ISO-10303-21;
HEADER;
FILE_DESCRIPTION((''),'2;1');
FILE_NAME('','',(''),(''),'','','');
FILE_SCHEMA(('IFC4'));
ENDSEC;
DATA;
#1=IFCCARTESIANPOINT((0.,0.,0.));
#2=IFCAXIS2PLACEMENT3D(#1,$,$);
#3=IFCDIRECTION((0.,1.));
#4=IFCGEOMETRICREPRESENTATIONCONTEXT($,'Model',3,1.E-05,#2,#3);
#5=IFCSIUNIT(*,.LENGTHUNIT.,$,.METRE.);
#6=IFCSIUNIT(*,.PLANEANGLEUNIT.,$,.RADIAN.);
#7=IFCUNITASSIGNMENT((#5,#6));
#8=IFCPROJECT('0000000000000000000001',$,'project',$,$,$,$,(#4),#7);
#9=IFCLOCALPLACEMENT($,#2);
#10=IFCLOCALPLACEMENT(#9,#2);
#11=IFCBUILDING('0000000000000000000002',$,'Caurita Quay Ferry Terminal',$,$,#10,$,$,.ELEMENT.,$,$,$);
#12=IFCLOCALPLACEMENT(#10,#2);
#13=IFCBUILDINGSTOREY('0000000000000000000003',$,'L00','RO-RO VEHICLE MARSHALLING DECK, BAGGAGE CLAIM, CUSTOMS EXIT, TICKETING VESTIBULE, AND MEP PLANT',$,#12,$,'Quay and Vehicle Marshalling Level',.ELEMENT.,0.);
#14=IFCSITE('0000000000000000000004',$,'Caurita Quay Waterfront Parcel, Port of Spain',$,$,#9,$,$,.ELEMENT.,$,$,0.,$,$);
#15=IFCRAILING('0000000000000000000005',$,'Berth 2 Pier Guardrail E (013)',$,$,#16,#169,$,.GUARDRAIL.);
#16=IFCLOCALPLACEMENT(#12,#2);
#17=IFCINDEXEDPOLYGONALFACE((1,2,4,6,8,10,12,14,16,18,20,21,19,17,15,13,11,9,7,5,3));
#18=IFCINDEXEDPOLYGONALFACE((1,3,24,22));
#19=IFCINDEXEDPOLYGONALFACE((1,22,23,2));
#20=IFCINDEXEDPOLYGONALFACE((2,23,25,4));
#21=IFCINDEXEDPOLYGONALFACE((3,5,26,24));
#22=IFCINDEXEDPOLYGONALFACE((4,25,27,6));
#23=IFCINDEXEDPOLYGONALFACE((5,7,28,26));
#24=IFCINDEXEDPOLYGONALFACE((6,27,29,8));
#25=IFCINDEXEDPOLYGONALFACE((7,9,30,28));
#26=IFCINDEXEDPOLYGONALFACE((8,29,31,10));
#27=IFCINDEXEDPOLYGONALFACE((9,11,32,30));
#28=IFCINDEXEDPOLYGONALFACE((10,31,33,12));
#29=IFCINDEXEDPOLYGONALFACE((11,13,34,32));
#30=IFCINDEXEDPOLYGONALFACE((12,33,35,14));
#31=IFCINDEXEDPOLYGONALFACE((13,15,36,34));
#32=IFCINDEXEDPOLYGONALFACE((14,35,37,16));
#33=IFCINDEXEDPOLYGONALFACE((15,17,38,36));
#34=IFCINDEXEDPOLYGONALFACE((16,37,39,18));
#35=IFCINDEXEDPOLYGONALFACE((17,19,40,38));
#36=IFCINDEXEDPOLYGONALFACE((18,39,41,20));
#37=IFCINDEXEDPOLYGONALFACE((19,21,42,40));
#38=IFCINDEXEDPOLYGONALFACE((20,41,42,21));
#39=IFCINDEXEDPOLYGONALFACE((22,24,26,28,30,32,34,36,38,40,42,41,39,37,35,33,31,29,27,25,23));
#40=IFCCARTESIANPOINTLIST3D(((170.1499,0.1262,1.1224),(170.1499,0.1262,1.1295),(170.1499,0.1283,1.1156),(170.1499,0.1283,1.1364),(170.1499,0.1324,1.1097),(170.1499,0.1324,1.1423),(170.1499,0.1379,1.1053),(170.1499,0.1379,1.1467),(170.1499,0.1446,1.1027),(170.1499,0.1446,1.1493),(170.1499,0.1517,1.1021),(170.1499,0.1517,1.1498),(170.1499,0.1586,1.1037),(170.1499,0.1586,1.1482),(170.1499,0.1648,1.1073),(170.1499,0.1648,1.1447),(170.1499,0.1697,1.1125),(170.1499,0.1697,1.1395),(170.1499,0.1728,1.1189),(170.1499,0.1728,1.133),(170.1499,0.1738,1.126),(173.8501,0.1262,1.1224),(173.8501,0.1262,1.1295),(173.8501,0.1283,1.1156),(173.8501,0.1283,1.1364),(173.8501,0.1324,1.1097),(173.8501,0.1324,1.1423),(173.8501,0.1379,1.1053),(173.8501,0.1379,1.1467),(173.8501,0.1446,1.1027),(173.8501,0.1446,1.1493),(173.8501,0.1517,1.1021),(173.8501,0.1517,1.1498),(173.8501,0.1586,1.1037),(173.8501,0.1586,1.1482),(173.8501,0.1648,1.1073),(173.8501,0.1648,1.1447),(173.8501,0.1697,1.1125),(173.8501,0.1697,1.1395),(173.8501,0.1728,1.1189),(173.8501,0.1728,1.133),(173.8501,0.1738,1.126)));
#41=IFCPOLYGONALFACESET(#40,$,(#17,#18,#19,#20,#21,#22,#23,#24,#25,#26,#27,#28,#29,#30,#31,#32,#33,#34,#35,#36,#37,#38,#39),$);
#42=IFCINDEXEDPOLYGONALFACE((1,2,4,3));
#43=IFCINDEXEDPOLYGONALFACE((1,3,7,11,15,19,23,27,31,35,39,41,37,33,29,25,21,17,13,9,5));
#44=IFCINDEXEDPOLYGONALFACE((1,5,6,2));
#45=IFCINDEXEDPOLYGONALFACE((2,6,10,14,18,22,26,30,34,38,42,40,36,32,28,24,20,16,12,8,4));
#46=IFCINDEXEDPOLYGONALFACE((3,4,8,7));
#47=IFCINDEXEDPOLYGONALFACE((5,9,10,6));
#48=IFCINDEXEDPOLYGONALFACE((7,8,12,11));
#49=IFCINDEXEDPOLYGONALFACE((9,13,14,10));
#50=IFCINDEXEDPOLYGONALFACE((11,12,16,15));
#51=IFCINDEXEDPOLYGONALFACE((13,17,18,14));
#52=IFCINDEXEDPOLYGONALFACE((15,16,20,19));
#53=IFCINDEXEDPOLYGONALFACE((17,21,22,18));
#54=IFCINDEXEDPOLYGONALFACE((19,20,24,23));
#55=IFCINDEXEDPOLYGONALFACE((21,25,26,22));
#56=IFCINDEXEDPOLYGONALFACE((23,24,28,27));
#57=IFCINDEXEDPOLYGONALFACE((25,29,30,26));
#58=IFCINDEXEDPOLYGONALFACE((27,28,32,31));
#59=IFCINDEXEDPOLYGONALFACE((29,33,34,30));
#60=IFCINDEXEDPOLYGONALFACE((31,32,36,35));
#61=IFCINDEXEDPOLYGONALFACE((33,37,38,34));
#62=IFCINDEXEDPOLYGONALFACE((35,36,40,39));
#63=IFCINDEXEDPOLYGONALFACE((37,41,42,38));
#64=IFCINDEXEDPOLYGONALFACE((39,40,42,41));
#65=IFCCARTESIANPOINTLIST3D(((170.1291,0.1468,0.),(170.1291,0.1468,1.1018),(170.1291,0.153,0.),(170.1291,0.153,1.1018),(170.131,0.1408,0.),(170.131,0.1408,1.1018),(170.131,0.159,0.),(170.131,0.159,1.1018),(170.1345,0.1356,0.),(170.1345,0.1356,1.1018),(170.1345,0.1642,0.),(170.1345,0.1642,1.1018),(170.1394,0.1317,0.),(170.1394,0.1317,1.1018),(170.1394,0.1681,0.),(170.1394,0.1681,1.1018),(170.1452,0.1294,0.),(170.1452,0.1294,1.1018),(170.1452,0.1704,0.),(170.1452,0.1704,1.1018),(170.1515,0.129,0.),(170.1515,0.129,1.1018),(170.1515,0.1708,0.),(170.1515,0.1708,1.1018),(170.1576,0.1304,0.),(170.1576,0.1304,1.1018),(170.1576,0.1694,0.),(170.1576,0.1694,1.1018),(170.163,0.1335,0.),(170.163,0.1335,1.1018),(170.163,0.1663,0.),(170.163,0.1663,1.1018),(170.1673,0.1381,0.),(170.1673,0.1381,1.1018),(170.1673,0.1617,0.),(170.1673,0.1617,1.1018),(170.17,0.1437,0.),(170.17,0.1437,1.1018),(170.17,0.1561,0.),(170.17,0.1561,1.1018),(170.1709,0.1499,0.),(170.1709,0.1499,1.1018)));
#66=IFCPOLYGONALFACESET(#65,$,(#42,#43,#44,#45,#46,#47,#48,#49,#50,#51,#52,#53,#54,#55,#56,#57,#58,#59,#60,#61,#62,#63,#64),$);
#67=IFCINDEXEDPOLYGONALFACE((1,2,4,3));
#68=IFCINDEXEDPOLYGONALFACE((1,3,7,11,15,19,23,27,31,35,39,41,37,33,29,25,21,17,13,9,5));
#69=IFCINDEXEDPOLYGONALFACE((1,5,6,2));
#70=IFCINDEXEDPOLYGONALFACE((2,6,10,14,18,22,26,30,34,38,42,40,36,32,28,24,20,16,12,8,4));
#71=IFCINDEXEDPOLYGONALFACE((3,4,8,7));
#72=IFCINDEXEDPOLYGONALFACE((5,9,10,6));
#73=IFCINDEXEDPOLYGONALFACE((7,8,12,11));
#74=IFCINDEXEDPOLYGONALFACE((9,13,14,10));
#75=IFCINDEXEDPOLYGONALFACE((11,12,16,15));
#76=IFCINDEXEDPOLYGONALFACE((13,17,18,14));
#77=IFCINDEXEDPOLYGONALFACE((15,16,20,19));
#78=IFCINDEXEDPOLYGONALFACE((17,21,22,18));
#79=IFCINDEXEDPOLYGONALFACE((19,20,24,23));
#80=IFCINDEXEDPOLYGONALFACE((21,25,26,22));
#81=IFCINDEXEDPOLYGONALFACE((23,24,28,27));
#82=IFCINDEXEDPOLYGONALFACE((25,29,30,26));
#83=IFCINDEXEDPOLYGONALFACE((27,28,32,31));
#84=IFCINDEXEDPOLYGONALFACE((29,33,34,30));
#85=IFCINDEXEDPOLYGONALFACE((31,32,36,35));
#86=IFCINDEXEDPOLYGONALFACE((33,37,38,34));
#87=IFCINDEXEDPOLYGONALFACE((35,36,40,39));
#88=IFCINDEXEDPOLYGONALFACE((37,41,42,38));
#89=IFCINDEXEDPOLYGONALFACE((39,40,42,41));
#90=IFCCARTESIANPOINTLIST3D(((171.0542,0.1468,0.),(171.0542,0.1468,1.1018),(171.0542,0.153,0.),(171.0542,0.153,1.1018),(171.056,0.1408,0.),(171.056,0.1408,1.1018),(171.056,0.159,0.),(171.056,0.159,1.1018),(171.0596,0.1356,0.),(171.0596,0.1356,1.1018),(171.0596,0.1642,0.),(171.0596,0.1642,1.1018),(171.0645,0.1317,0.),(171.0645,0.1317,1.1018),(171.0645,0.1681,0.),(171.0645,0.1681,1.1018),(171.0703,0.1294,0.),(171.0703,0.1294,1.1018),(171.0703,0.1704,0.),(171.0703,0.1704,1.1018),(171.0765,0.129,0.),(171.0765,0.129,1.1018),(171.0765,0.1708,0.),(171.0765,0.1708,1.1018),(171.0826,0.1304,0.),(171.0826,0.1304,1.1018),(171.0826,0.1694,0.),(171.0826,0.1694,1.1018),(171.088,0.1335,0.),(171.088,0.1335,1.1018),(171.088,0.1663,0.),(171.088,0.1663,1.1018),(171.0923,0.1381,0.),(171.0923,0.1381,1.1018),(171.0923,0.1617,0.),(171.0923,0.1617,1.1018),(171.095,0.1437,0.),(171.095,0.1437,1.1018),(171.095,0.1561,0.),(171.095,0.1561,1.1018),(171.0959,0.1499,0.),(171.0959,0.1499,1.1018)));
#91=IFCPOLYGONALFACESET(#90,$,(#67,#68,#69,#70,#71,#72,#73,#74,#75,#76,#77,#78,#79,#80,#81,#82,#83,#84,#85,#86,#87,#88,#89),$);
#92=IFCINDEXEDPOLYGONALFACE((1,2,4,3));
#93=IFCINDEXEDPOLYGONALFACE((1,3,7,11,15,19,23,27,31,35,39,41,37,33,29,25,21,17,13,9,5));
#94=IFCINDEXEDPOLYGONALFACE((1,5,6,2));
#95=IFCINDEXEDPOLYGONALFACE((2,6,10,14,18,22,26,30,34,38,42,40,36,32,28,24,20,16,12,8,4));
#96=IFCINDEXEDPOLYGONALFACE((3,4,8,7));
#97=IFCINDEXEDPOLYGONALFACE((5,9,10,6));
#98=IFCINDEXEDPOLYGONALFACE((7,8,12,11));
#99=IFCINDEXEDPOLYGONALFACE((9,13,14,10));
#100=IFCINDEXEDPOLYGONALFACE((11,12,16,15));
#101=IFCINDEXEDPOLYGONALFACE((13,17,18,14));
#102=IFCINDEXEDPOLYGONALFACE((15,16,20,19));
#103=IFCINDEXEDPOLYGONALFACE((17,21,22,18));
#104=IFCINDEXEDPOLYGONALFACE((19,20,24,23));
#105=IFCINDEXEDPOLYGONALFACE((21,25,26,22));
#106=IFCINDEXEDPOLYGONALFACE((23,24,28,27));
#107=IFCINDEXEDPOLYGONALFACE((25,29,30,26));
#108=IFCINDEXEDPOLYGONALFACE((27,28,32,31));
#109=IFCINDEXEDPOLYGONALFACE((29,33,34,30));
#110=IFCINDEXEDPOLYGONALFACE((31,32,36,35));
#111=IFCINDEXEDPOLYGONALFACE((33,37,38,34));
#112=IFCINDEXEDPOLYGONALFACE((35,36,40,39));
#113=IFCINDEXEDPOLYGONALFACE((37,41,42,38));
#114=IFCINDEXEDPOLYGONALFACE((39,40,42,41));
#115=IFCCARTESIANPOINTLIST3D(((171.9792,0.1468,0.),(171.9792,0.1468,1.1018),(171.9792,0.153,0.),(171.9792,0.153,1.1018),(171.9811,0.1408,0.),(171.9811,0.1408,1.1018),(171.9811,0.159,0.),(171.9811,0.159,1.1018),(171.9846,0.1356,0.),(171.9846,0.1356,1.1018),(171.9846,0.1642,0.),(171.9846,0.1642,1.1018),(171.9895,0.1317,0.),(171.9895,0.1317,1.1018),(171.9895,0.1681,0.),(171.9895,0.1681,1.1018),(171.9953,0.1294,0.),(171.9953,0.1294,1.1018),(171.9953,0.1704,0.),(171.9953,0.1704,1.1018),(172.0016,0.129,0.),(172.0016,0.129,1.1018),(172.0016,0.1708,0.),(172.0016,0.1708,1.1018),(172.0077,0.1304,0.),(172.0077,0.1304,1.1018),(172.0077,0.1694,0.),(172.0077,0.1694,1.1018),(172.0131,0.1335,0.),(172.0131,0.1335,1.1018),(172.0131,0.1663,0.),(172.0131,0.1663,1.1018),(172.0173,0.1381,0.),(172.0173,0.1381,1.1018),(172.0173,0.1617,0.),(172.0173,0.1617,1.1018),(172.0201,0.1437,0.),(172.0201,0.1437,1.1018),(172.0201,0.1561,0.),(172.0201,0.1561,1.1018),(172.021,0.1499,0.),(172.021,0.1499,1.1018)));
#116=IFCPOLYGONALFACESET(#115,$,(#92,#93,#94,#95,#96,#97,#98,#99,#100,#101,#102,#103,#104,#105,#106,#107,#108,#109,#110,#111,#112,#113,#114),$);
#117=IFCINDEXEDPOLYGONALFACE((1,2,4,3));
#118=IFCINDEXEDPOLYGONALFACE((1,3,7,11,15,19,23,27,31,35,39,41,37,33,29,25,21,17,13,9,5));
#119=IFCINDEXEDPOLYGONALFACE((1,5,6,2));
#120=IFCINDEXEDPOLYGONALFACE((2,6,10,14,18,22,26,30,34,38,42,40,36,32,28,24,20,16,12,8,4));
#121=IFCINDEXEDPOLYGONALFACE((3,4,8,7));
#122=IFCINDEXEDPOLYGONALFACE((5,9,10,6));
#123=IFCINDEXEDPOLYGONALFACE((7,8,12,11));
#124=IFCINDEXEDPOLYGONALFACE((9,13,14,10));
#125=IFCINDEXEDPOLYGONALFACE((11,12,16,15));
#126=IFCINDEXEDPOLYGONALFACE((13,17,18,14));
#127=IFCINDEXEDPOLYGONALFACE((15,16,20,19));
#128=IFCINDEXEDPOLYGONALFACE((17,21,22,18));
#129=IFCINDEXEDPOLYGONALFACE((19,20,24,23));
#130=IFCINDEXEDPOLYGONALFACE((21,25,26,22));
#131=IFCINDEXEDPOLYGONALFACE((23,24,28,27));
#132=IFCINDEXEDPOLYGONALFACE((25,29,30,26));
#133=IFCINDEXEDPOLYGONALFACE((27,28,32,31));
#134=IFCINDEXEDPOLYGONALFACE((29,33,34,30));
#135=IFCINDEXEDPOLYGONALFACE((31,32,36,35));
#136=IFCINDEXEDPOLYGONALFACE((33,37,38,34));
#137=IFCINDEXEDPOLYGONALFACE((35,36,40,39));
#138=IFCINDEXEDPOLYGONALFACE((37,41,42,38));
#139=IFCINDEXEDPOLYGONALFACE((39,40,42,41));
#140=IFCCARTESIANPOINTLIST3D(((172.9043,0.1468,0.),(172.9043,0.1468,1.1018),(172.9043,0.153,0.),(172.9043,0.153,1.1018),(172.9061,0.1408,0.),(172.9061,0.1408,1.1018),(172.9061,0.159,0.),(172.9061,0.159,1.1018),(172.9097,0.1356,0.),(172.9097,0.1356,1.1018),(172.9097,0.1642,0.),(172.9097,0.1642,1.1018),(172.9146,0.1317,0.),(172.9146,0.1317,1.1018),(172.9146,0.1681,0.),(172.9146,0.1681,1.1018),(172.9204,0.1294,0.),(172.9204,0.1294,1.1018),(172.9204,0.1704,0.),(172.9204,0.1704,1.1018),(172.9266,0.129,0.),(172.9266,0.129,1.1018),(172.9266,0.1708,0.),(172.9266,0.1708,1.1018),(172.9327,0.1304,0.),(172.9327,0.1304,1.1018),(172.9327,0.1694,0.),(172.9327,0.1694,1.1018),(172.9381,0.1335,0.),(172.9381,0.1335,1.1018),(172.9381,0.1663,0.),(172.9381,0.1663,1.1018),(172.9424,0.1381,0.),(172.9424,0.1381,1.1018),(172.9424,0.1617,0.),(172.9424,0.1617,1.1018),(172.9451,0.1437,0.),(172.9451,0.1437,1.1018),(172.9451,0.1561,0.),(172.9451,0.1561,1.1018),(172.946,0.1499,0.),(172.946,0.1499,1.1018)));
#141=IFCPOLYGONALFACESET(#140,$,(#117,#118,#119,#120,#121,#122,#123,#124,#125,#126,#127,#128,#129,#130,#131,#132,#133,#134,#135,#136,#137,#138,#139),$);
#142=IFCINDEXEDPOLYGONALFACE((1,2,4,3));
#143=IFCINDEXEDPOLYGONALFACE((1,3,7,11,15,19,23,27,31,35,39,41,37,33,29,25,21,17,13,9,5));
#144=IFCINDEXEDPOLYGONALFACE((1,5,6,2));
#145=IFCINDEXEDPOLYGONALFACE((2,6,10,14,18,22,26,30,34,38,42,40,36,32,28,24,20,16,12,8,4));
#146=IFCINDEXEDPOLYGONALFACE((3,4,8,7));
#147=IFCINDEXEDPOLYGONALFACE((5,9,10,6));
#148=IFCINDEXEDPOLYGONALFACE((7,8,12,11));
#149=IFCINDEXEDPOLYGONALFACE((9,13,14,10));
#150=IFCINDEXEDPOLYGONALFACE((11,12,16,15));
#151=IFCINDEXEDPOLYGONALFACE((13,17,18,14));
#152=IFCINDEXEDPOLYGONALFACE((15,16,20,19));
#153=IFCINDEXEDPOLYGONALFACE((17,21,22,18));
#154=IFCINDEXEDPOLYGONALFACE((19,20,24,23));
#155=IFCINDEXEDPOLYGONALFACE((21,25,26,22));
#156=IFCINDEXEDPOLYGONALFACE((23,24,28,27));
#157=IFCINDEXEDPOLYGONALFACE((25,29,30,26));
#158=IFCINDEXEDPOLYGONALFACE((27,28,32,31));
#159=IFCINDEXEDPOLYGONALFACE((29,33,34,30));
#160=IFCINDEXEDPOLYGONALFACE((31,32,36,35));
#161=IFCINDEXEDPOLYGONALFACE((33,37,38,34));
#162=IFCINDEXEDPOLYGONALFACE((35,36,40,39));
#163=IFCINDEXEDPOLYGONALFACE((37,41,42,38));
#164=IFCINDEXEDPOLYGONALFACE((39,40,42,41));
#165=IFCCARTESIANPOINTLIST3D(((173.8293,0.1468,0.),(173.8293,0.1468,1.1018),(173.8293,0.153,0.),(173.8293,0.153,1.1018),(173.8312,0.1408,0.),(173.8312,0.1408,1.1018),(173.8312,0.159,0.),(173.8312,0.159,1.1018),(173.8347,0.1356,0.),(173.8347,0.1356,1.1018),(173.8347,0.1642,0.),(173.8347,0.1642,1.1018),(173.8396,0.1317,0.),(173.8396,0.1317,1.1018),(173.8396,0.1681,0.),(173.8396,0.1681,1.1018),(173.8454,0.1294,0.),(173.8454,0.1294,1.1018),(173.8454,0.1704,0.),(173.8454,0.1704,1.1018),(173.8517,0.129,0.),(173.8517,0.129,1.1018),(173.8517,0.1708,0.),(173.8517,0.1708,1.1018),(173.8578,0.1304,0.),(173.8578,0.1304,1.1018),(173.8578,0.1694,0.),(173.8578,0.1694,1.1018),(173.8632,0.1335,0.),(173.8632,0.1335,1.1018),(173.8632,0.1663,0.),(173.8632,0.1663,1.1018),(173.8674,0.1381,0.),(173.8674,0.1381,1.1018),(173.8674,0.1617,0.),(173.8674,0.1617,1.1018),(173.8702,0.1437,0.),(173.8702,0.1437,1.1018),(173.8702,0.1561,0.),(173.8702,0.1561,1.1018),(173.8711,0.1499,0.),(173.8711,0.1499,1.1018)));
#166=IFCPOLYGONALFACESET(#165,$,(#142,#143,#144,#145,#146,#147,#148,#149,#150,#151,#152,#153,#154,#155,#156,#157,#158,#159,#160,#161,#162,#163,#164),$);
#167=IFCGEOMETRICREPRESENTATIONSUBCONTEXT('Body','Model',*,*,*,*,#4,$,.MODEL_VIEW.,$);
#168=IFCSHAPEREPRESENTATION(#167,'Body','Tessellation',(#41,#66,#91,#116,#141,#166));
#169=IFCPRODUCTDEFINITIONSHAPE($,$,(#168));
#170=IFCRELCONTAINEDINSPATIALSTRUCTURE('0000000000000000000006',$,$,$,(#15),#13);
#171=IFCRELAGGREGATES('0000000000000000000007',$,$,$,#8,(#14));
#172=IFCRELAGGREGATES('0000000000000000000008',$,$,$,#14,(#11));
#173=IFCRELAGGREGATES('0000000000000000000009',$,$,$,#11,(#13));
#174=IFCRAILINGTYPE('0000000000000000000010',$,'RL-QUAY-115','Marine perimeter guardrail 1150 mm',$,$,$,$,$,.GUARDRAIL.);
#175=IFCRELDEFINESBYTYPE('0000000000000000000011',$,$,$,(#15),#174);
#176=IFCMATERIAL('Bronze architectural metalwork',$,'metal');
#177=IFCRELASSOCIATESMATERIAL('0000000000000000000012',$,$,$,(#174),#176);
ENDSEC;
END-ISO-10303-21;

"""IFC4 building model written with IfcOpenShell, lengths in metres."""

from ifc_helpers import new_model, si_unit, direction, frame, origin, origin_2d, place, context, subcontext, project, spatial, circle, extrude, material, type_object, element, save


model = new_model("IFC4")

# Units and contexts
model_context = context("Model", 3, precision=1e-05, world=origin(), true_north=direction((0.0, 1.0)))
body_context = subcontext(model_context, "Body", "Model", "MODEL_VIEW")
ifc_project = project(units=[si_unit("LENGTHUNIT", "METRE"), si_unit("PLANEANGLEUNIT", "RADIAN")], contexts=[model_context])

# Site, building, storey
site_placement = place(None, origin())
site = spatial("IfcSite", under=ifc_project, at=site_placement, Name="Caurita Quay Waterfront Parcel, Port of Spain", CompositionType="ELEMENT", RefElevation=0.0)
building_placement = place(site_placement, origin())
building = spatial("IfcBuilding", under=site, at=building_placement, Name="Caurita Quay Ferry Terminal", CompositionType="ELEMENT")
storey_placement = place(building_placement, origin())
storey = spatial("IfcBuildingStorey", under=building, at=storey_placement, Name="L00", Description="RO-RO VEHICLE MARSHALLING DECK, BAGGAGE CLAIM, CUSTOMS EXIT, TICKETING VESTIBULE, AND MEP PLANT", LongName="Quay and Vehicle Marshalling Level", CompositionType="ELEMENT", Elevation=0.0)

# Railing
ifc_material_1 = material(Name="Bronze architectural metalwork", Category="metal")
railing_type_1 = type_object("IfcRailingType", Name="RL-QUAY-115", Description="Marine perimeter guardrail 1150 mm", PredefinedType="GUARDRAIL", material=ifc_material_1)
railing_1_placement = place(storey_placement, frame((170.1499, 0.1499, 0.0)))
element("IfcRailing", 1, at=railing_1_placement, inside=storey, type_object=railing_type_1, Name="Berth 2 Pier Guardrail E (013)", PredefinedType="GUARDRAIL", context=body_context, shape_type="SweptSolid", body=[
    extrude(circle(Radius=0.0239, at=origin_2d()), frame((0.0, 0.0, 1.126), z_axis=(1.0, 0.0, 0.0), x_axis=(0.0, 1.0, 0.0)), (0.0, 0.0, 1.0), 3.7002),
    extrude(circle(Radius=0.021, at=origin_2d()), origin(), (0.0, 0.0, 1.0), 1.1018),
    extrude(circle(Radius=0.021, at=origin_2d()), frame((0.925, 0.0, 0.0)), (0.0, 0.0, 1.0), 1.1018),
    extrude(circle(Radius=0.021, at=origin_2d()), frame((1.8501, 0.0, 0.0)), (0.0, 0.0, 1.0), 1.1018),
    extrude(circle(Radius=0.021, at=origin_2d()), frame((2.7751, 0.0, 0.0)), (0.0, 0.0, 1.0), 1.1018),
    extrude(circle(Radius=0.021, at=origin_2d()), frame((3.7002, 0.0, 0.0)), (0.0, 0.0, 1.0), 1.1018),
])

save(model, "model.ifc")
